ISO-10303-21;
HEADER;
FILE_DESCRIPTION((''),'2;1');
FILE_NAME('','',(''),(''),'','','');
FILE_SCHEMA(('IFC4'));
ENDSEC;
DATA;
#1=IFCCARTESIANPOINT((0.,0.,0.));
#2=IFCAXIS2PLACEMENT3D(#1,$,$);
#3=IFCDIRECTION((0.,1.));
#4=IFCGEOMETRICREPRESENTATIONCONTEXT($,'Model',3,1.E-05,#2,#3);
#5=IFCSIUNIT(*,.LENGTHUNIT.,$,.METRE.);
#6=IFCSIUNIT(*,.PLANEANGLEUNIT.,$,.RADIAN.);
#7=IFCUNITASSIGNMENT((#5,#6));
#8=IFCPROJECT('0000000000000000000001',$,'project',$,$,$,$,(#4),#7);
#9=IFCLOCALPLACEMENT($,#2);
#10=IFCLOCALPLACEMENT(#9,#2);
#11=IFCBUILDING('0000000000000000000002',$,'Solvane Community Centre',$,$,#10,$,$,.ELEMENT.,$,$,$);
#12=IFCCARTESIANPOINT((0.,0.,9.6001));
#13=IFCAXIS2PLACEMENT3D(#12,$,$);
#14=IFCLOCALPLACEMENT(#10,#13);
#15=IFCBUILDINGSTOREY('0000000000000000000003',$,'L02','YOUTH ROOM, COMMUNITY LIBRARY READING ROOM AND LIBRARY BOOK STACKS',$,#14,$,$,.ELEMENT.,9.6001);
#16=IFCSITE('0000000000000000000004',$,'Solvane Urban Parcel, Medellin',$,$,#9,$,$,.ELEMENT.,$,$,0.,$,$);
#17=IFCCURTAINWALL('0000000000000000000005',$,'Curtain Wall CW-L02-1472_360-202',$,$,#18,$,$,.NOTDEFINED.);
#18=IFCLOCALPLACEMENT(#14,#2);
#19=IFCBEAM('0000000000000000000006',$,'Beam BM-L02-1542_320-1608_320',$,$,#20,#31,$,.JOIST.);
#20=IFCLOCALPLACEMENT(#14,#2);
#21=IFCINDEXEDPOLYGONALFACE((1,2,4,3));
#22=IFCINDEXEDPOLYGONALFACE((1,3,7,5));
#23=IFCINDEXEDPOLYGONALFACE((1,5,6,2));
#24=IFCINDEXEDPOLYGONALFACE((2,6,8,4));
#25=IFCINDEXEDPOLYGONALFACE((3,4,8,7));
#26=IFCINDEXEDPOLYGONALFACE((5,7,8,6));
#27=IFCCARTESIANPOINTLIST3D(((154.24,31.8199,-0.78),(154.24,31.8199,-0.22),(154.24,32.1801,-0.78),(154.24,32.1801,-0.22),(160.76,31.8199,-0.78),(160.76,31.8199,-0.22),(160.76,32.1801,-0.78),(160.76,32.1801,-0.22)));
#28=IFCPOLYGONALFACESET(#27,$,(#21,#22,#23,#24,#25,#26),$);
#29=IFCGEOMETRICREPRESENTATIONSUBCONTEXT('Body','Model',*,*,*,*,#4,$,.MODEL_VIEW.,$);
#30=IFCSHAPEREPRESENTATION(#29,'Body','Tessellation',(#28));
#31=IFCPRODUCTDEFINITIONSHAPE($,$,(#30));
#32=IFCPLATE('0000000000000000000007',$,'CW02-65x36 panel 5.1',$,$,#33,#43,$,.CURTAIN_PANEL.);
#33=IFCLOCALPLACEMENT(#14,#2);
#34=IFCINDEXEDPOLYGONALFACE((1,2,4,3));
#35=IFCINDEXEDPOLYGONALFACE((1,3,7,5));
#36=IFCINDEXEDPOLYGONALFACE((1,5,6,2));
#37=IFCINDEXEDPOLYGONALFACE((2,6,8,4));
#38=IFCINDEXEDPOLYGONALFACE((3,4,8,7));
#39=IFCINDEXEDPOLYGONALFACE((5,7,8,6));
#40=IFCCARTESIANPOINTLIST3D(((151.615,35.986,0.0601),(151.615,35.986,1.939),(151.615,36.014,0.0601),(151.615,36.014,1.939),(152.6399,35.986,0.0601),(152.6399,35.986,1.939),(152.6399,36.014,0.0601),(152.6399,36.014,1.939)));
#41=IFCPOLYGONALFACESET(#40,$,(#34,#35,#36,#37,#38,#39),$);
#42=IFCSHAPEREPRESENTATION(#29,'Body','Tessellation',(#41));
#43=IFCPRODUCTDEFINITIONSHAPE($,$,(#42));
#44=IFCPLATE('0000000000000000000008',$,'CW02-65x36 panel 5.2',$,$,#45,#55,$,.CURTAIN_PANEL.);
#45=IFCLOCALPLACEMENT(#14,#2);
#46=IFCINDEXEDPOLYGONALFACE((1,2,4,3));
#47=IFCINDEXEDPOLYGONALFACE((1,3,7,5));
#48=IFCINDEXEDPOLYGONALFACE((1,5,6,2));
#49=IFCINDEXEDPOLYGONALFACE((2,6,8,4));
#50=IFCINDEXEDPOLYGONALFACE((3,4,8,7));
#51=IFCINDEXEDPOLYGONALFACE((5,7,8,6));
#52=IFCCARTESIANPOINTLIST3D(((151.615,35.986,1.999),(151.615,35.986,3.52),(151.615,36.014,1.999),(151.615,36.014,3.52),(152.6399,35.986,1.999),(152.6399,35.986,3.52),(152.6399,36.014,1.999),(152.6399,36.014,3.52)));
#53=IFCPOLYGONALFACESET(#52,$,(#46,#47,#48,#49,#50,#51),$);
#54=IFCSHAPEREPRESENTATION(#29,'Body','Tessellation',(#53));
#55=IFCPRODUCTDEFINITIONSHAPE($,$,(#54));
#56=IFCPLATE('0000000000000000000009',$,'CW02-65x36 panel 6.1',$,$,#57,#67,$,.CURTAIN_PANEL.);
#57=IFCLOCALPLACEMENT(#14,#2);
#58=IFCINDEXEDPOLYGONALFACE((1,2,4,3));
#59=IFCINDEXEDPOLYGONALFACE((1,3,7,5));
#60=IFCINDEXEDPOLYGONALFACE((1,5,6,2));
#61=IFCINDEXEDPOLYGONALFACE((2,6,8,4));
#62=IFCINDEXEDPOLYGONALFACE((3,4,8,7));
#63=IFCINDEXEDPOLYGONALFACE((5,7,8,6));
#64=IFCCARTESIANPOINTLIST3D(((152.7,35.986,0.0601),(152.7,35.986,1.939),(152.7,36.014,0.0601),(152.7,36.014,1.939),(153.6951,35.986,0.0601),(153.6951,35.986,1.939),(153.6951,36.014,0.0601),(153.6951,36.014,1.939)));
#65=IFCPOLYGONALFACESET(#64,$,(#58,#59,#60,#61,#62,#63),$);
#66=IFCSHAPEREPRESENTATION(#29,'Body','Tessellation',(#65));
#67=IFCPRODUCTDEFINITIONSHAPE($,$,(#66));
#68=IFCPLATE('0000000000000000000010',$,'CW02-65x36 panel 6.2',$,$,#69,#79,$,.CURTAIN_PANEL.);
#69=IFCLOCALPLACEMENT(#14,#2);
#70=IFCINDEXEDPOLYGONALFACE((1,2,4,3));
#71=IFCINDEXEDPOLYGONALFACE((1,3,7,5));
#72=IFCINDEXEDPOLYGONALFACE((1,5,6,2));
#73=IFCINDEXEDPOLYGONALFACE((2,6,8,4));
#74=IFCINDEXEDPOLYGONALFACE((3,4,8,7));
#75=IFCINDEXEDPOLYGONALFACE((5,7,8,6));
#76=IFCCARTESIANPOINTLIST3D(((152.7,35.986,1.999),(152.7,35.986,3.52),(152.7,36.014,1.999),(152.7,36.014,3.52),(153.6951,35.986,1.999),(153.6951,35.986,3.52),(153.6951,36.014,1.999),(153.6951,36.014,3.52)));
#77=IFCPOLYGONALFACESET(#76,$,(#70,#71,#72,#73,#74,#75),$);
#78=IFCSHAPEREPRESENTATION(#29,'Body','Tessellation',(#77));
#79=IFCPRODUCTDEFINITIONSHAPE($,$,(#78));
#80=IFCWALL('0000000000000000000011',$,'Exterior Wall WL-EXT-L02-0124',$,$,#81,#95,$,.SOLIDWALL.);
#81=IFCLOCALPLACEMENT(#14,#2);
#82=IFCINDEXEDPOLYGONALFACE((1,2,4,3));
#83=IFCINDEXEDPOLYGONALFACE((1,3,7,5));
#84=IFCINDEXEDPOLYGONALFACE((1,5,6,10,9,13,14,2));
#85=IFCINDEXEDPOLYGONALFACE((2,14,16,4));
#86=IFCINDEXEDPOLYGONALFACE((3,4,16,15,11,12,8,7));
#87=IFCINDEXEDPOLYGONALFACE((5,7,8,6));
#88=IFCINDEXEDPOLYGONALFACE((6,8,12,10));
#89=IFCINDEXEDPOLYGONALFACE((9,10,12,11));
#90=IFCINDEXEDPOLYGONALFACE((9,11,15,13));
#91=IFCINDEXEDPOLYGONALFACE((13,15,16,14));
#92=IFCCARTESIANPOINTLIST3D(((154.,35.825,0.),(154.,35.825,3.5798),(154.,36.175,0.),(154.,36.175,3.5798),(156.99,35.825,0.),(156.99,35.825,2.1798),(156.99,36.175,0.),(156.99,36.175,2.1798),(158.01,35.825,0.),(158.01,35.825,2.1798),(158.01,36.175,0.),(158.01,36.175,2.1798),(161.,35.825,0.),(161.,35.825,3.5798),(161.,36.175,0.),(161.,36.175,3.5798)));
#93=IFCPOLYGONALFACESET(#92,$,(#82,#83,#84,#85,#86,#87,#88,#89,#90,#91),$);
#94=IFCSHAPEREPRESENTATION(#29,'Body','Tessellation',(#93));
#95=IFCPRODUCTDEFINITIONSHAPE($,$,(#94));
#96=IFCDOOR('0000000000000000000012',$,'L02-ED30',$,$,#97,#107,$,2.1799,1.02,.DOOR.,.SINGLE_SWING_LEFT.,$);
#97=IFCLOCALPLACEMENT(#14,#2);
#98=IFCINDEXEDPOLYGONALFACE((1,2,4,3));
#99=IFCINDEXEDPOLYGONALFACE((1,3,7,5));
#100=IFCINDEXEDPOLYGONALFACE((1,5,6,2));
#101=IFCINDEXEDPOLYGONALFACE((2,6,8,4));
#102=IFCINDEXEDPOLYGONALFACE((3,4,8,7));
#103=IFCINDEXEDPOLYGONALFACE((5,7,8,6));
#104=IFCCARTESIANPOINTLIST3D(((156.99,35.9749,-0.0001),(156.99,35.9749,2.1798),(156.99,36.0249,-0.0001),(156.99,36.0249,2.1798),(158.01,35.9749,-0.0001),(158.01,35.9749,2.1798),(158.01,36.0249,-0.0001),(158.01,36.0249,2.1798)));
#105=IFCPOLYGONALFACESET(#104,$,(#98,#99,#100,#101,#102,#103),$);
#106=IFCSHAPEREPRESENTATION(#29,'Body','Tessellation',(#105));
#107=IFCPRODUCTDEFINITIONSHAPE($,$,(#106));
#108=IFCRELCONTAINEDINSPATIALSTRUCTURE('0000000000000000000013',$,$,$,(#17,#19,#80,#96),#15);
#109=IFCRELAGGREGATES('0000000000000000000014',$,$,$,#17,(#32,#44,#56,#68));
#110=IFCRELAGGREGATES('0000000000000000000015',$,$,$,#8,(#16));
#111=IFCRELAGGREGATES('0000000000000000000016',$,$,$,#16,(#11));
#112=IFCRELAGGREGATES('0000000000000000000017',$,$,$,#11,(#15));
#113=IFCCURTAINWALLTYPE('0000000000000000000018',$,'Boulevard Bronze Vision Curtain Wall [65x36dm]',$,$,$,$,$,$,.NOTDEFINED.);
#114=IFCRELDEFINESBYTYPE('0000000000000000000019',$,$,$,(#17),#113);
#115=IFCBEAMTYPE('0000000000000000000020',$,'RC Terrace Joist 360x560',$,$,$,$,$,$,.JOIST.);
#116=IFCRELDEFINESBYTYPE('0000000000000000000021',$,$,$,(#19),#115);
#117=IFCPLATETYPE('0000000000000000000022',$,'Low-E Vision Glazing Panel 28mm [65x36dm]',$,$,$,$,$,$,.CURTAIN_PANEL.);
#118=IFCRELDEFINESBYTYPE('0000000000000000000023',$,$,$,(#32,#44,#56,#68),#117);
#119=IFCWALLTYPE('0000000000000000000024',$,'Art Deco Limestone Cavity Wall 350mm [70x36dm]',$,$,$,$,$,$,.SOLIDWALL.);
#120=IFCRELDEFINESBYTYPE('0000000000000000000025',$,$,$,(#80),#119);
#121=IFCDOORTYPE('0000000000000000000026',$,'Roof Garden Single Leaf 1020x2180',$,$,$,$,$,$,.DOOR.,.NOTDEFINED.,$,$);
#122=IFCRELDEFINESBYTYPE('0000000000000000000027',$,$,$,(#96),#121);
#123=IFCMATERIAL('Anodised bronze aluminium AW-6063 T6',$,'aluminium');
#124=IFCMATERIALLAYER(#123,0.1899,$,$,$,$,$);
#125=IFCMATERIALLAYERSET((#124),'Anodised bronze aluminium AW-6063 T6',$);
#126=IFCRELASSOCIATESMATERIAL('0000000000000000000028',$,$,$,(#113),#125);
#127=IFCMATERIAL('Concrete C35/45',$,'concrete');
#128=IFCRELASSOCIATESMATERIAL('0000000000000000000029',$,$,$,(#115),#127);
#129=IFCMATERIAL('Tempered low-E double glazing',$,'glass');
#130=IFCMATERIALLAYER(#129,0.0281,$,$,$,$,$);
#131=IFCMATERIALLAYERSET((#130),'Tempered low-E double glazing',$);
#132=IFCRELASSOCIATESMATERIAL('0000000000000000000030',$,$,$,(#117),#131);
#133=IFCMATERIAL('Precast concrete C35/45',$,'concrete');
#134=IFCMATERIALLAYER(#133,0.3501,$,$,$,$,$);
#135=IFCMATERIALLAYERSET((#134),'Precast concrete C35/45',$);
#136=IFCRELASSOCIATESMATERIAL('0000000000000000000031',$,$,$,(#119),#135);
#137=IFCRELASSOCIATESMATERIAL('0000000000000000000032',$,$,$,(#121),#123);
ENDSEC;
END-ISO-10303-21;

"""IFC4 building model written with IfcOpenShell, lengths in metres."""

from ifc_helpers import new_model, si_unit, direction, frame, frame_2d, origin, origin_2d, place, context, subcontext, project, spatial, rectangle, extrude, material, layer, layer_set, material_profile, profile_set, type_object, element, fill, aggregate, save


model = new_model("IFC4")

# Units and contexts
model_context = context("Model", 3, precision=1e-05, world=origin(), true_north=direction((0.0, 1.0)))
body_context = subcontext(model_context, "Body", "Model", "MODEL_VIEW")
ifc_project = project(units=[si_unit("LENGTHUNIT", "METRE"), si_unit("PLANEANGLEUNIT", "RADIAN")], contexts=[model_context])

# Site, building, storey
site_placement = place(None, origin())
site = spatial("IfcSite", under=ifc_project, at=site_placement, Name="Solvane Urban Parcel, Medellin", CompositionType="ELEMENT", RefElevation=0.0)
building_placement = place(site_placement, origin())
building = spatial("IfcBuilding", under=site, at=building_placement, Name="Solvane Community Centre", CompositionType="ELEMENT")
storey_placement = place(building_placement, frame((0.0, 0.0, 9.6001)))
storey = spatial("IfcBuildingStorey", under=building, at=storey_placement, Name="L02", Description="YOUTH ROOM, COMMUNITY LIBRARY READING ROOM AND LIBRARY BOOK STACKS", CompositionType="ELEMENT", Elevation=9.6001)

# Curtain wall
ifc_material_1 = material(Name="Anodised bronze aluminium AW-6063 T6", Category="aluminium")
ifc_layer_1 = layer(ifc_material_1, 0.1899)
ifc_layer_set_1 = layer_set([ifc_layer_1], Name="Anodised bronze aluminium AW-6063 T6")
curtain_wall_type = type_object("IfcCurtainWallType", Name="Boulevard Bronze Vision Curtain Wall [65x36dm]", PredefinedType="NOTDEFINED", material=ifc_layer_set_1)
curtain_wall_placement = place(storey_placement, origin())
curtain_wall = element("IfcCurtainWall", 1, at=curtain_wall_placement, inside=storey, type_object=curtain_wall_type, Name="Curtain Wall CW-L02-1472_360-202", PredefinedType="NOTDEFINED")

# Beam
ifc_material_2 = material(Name="Concrete C35/45", Category="concrete")
ifc_material_profile_1 = material_profile(ifc_material_2, rectangle(XDim=0.3601, YDim=0.5601, at=origin_2d()), Name="RC 360x560")
ifc_profile_set_1 = profile_set([ifc_material_profile_1], Name="Concrete C35/45")
beam_type_1 = type_object("IfcBeamType", Name="RC Terrace Joist 360x560", PredefinedType="JOIST", material=ifc_profile_set_1)
beam_placement = place(storey_placement, frame((154.24, 32.0, -0.5), z_axis=(1.0, 0.0, 0.0), x_axis=(0.0, 1.0, 0.0)))
element("IfcBeam", 2, at=beam_placement, inside=storey, type_object=beam_type_1, Name="Beam BM-L02-1542_320-1608_320", PredefinedType="JOIST", context=body_context, shape_type="SweptSolid", body=[
    extrude(rectangle(XDim=0.3601, YDim=0.5601, at=origin_2d()), origin(), (0.0, 0.0, 1.0), 6.52),
])

# Plates
ifc_material_3 = material(Name="Tempered low-E double glazing", Category="glass")
ifc_layer_2 = layer(ifc_material_3, 0.0281)
ifc_layer_set_2 = layer_set([ifc_layer_2], Name="Tempered low-E double glazing")
plate_type = type_object("IfcPlateType", Name="Low-E Vision Glazing Panel 28mm [65x36dm]", PredefinedType="CURTAIN_PANEL", material=ifc_layer_set_2)
plate_1_placement = place(storey_placement, frame((152.1274, 36.0, 0.0601), z_axis=(0.0, 0.0, 1.0), x_axis=(1.0, 0.0, 0.0)))
plate_1 = element("IfcPlate", 3, at=plate_1_placement, type_object=plate_type, Name="CW02-65x36 panel 5.1", PredefinedType="CURTAIN_PANEL", context=body_context, shape_type="SweptSolid", body=[
    extrude(rectangle(XDim=1.0249, YDim=0.0281, at=origin_2d()), origin(), (0.0, 0.0, 1.0), 1.8789),
])
plate_2_placement = place(storey_placement, frame((152.1274, 36.0, 1.999), z_axis=(0.0, 0.0, 1.0), x_axis=(1.0, 0.0, 0.0)))
plate_2 = element("IfcPlate", 4, at=plate_2_placement, type_object=plate_type, Name="CW02-65x36 panel 5.2", PredefinedType="CURTAIN_PANEL", context=body_context, shape_type="SweptSolid", body=[
    extrude(rectangle(XDim=1.0249, YDim=0.0281, at=origin_2d()), origin(), (0.0, 0.0, 1.0), 1.521),
])
plate_3_placement = place(storey_placement, frame((153.1975, 36.0, 0.0601), z_axis=(0.0, 0.0, 1.0), x_axis=(1.0, 0.0, 0.0)))
plate_3 = element("IfcPlate", 5, at=plate_3_placement, type_object=plate_type, Name="CW02-65x36 panel 6.1", PredefinedType="CURTAIN_PANEL", context=body_context, shape_type="SweptSolid", body=[
    extrude(rectangle(XDim=0.9951, YDim=0.0281, at=origin_2d()), origin(), (0.0, 0.0, 1.0), 1.8789),
])
plate_4_placement = place(storey_placement, frame((153.1975, 36.0, 1.999), z_axis=(0.0, 0.0, 1.0), x_axis=(1.0, 0.0, 0.0)))
plate_4 = element("IfcPlate", 6, at=plate_4_placement, type_object=plate_type, Name="CW02-65x36 panel 6.2", PredefinedType="CURTAIN_PANEL", context=body_context, shape_type="SweptSolid", body=[
    extrude(rectangle(XDim=0.9951, YDim=0.0281, at=origin_2d()), origin(), (0.0, 0.0, 1.0), 1.521),
])
aggregate(curtain_wall, [plate_1, plate_2, plate_3, plate_4])

# Wall, opening, door
ifc_material_4 = material(Name="Precast concrete C35/45", Category="concrete")
ifc_layer_3 = layer(ifc_material_4, 0.3501)
ifc_layer_set_3 = layer_set([ifc_layer_3], Name="Precast concrete C35/45")
wall_type = type_object("IfcWallType", Name="Art Deco Limestone Cavity Wall 350mm [70x36dm]", PredefinedType="SOLIDWALL", material=ifc_layer_set_3)
wall_placement = place(storey_placement, frame((154.0, 36.0, 0.0), z_axis=(0.0, 0.0, 1.0), x_axis=(1.0, 0.0, 0.0)))
wall = element("IfcWall", 7, at=wall_placement, inside=storey, type_object=wall_type, Name="Exterior Wall WL-EXT-L02-0124", PredefinedType="SOLIDWALL", context=body_context, shape_type="SweptSolid", body=[
    extrude(rectangle(XDim=7.0, YDim=0.3501, at=frame_2d((3.5, 0.0))), origin(), (0.0, 0.0, 1.0), 3.5798),
])
opening_placement = place(wall_placement, frame((2.99, 0.0, 0.0)))
opening = element("IfcOpeningElement", 8, at=opening_placement, cuts=wall, PredefinedType="OPENING", context=body_context, shape_type="SweptSolid", body=[
    extrude(rectangle(XDim=1.02, YDim=2.1799, at=frame_2d((0.51, 1.0898))), frame((0.0, 0.1851, 0.0), z_axis=(0.0, -1.0, 0.0), x_axis=(1.0, 0.0, 0.0)), (0.0, 0.0, 1.0), 0.3701),
])
door_type = type_object("IfcDoorType", Name="Roof Garden Single Leaf 1020x2180", OperationType="NOTDEFINED", PredefinedType="DOOR", material=ifc_material_1)
door_placement = place(opening_placement, origin())
door = element("IfcDoor", 9, at=door_placement, inside=storey, type_object=door_type, Name="L02-ED30", OperationType="SINGLE_SWING_LEFT", OverallHeight=2.1799, OverallWidth=1.02, PredefinedType="DOOR", context=body_context, shape_type="SweptSolid", body=[
    extrude(rectangle(XDim=1.02, YDim=2.1799, at=frame_2d((0.51, 1.0898))), frame((0.0, 0.0249, 0.0), z_axis=(0.0, -1.0, 0.0), x_axis=(1.0, 0.0, 0.0)), (0.0, 0.0, 1.0), 0.05),
])
fill(opening, door)

save(model, "model.ifc")
